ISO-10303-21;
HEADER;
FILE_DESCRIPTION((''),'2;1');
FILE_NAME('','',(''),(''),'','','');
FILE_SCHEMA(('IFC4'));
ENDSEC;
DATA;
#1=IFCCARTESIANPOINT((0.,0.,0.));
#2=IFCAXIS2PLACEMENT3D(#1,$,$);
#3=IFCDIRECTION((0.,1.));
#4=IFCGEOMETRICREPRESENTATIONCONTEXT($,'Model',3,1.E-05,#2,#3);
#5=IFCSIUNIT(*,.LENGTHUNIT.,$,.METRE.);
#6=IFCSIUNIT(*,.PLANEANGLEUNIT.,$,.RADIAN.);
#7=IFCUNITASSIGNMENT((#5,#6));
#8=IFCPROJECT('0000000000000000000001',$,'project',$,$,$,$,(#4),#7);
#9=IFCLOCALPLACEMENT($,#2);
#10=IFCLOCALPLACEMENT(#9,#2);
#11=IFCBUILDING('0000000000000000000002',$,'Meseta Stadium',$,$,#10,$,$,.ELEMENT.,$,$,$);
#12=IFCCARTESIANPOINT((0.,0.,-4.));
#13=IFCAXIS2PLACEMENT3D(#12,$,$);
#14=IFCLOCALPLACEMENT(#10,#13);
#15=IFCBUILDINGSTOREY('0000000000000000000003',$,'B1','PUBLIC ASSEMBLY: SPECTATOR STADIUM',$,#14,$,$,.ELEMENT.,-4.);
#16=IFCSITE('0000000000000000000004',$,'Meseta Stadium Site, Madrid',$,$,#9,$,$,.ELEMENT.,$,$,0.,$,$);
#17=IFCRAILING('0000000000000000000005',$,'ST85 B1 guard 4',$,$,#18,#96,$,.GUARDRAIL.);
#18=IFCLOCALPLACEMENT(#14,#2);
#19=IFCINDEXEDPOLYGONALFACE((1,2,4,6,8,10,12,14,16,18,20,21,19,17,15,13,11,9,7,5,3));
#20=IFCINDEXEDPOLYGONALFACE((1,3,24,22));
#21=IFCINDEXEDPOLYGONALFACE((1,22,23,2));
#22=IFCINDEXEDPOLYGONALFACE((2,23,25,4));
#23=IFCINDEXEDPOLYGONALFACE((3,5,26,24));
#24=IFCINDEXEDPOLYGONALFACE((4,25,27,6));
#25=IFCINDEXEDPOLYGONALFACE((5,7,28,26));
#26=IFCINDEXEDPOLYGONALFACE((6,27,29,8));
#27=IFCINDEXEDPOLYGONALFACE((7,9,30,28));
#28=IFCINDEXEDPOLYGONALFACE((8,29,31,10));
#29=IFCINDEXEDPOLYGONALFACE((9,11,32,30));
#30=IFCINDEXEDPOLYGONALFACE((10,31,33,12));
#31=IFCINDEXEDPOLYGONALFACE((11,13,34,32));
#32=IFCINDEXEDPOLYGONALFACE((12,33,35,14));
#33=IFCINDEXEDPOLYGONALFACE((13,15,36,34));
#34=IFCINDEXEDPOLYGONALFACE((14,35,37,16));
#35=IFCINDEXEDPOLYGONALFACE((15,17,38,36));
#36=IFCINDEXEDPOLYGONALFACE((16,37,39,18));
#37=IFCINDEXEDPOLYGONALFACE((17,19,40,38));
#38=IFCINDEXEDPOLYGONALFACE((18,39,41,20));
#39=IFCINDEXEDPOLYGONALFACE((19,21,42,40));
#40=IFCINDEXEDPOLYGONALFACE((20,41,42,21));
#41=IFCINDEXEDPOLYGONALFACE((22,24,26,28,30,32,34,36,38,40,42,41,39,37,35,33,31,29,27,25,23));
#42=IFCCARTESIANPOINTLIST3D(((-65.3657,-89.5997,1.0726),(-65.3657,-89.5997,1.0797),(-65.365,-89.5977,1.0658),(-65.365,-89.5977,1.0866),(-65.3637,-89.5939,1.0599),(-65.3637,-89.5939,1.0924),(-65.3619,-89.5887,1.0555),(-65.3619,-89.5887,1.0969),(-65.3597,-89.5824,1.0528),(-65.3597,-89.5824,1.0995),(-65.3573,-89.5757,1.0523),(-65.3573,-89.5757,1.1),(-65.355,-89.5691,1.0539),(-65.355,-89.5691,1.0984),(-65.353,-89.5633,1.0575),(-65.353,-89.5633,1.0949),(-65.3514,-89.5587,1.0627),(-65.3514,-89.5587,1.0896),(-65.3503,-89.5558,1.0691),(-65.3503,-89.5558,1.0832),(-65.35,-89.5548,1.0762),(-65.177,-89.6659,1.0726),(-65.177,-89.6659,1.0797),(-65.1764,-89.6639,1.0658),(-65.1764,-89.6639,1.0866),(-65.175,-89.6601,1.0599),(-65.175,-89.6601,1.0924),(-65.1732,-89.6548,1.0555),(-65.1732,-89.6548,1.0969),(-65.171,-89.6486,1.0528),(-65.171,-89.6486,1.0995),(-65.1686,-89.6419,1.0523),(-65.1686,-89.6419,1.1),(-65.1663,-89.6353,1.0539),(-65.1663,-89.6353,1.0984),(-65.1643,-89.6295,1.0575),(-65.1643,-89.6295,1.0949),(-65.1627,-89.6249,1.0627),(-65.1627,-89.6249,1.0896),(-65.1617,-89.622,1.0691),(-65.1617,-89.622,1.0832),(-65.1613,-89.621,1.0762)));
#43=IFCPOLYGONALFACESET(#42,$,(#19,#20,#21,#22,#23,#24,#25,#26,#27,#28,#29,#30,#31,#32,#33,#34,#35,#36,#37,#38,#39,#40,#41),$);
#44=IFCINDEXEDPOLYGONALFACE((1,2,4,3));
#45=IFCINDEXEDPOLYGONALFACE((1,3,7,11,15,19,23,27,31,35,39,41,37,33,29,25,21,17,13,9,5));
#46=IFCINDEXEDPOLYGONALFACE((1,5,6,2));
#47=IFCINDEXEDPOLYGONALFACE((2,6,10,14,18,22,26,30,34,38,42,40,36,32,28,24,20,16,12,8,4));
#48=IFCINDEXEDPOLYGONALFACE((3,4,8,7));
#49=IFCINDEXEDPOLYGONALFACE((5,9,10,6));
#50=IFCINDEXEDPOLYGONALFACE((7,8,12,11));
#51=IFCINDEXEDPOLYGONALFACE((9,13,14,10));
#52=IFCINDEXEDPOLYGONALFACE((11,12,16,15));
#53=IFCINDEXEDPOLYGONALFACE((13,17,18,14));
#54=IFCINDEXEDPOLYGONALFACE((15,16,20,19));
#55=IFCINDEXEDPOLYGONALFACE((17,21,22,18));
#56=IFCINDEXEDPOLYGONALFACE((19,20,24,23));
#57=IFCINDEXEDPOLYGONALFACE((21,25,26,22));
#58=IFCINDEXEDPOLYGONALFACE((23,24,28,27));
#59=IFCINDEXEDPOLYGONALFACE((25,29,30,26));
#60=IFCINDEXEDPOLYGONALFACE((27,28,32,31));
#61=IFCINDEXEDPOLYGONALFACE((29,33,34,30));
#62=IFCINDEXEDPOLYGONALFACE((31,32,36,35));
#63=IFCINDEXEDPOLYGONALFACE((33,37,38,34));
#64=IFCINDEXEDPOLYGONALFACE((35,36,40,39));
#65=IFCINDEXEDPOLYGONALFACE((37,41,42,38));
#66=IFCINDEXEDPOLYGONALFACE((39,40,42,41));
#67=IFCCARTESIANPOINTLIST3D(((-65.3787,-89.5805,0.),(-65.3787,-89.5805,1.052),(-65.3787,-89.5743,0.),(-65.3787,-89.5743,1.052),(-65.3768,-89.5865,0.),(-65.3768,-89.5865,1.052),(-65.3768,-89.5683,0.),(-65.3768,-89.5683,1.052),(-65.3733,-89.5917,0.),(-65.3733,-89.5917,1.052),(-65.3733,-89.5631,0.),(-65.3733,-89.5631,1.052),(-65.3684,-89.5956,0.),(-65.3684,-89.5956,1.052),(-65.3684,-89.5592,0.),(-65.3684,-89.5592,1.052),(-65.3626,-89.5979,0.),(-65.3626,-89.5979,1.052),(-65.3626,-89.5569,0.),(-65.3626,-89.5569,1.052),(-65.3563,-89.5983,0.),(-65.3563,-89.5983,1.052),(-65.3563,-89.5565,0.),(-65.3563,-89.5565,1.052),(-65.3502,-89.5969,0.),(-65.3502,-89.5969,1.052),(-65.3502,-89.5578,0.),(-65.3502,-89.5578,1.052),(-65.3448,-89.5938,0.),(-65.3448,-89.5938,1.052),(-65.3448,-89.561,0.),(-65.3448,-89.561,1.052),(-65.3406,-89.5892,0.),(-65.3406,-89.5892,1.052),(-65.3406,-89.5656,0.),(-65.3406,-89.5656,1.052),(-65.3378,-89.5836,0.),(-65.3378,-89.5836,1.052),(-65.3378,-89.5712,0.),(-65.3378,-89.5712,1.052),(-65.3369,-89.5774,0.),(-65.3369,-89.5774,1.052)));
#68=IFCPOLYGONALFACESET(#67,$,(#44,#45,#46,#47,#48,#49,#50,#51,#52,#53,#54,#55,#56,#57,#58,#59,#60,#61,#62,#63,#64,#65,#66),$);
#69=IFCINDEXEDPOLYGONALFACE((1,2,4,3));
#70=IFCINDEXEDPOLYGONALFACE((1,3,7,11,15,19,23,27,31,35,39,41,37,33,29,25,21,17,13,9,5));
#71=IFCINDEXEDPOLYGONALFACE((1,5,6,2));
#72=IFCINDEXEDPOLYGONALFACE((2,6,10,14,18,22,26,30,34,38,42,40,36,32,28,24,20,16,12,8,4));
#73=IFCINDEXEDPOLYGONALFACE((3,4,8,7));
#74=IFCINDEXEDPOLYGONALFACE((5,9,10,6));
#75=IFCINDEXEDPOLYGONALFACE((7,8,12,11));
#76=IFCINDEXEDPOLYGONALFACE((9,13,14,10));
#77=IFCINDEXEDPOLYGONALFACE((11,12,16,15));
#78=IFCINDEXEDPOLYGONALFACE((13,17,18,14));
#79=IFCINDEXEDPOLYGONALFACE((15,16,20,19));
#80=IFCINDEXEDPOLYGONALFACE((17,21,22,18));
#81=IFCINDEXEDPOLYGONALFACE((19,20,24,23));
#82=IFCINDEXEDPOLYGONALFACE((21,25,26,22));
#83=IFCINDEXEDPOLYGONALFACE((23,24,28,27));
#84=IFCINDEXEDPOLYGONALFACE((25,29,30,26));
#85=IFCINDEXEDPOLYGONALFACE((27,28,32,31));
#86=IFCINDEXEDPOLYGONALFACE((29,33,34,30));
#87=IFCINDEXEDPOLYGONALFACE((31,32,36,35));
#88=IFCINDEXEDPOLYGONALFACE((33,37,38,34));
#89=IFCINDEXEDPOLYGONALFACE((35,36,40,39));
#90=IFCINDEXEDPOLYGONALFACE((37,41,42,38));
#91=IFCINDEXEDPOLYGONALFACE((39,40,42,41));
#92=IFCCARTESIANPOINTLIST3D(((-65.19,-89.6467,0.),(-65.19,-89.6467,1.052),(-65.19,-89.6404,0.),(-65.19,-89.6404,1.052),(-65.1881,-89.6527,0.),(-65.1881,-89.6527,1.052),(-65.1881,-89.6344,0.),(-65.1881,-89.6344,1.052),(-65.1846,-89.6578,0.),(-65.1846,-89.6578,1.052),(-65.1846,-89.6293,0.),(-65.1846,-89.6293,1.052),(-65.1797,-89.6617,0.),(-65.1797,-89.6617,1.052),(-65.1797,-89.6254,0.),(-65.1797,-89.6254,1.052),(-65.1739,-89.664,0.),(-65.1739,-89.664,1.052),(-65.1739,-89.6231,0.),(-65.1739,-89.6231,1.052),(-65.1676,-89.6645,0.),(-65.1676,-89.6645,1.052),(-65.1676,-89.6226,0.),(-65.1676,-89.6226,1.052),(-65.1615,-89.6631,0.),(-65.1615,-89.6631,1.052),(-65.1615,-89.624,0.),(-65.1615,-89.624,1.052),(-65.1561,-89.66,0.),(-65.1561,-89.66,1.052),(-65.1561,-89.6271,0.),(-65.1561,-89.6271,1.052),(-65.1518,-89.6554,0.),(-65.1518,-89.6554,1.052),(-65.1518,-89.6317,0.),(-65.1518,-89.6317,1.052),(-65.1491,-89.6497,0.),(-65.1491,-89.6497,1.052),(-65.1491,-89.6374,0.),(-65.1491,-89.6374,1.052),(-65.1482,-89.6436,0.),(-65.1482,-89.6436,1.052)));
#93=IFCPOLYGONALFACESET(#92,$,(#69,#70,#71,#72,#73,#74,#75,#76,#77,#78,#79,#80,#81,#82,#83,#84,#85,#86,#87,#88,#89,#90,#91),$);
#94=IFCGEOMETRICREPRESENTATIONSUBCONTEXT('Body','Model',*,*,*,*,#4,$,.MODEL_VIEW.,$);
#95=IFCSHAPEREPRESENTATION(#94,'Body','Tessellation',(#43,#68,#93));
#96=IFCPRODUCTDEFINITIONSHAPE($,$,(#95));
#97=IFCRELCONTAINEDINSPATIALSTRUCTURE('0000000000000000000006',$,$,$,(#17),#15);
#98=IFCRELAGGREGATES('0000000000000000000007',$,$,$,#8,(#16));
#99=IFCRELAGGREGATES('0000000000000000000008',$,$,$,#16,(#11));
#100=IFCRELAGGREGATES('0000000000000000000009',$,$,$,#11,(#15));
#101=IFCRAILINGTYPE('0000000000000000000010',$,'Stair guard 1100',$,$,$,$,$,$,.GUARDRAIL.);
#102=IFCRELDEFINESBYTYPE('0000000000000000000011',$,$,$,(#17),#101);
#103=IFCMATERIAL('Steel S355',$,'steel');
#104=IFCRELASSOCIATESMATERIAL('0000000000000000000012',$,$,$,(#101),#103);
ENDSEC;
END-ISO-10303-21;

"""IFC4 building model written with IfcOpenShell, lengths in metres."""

from ifc_helpers import new_model, si_unit, direction, frame, origin, origin_2d, place, context, subcontext, project, spatial, circle, extrude, material, type_object, element, save


model = new_model("IFC4")

# Units and contexts
model_context = context("Model", 3, precision=1e-05, world=origin(), true_north=direction((0.0, 1.0)))
body_context = subcontext(model_context, "Body", "Model", "MODEL_VIEW")
ifc_project = project(units=[si_unit("LENGTHUNIT", "METRE"), si_unit("PLANEANGLEUNIT", "RADIAN")], contexts=[model_context])

# Site, building, storey
site_placement = place(None, origin())
site = spatial("IfcSite", under=ifc_project, at=site_placement, Name="Meseta Stadium Site, Madrid", CompositionType="ELEMENT", RefElevation=0.0)
building_placement = place(site_placement, origin())
building = spatial("IfcBuilding", under=site, at=building_placement, Name="Meseta Stadium", CompositionType="ELEMENT")
storey_placement = place(building_placement, frame((0.0, 0.0, -4.0)))
storey = spatial("IfcBuildingStorey", under=building, at=storey_placement, Name="B1", Description="PUBLIC ASSEMBLY: SPECTATOR STADIUM", CompositionType="ELEMENT", Elevation=-4.0)

# Railing
ifc_material_1 = material(Name="Steel S355", Category="steel")
railing_type_1 = type_object("IfcRailingType", Name="Stair guard 1100", PredefinedType="GUARDRAIL", material=ifc_material_1)
railing_1_placement = place(storey_placement, frame((-65.3579, -89.5774, 0.0)))
element("IfcRailing", 1, at=railing_1_placement, inside=storey, type_object=railing_type_1, Name="ST85 B1 guard 4", PredefinedType="GUARDRAIL", context=body_context, shape_type="SweptSolid", body=[
    extrude(circle(Radius=0.0239, at=origin_2d()), frame((0.0, 0.0, 1.0762), z_axis=(0.943687, -0.33084, 0.0), x_axis=(0.33084, 0.943687, 0.0)), (0.0, 0.0, 1.0), 0.2),
    extrude(circle(Radius=0.021, at=origin_2d()), origin(), (0.0, 0.0, 1.0), 1.052),
    extrude(circle(Radius=0.021, at=origin_2d()), frame((0.1887, -0.0662, 0.0)), (0.0, 0.0, 1.0), 1.052),
])

save(model, "model.ifc")
